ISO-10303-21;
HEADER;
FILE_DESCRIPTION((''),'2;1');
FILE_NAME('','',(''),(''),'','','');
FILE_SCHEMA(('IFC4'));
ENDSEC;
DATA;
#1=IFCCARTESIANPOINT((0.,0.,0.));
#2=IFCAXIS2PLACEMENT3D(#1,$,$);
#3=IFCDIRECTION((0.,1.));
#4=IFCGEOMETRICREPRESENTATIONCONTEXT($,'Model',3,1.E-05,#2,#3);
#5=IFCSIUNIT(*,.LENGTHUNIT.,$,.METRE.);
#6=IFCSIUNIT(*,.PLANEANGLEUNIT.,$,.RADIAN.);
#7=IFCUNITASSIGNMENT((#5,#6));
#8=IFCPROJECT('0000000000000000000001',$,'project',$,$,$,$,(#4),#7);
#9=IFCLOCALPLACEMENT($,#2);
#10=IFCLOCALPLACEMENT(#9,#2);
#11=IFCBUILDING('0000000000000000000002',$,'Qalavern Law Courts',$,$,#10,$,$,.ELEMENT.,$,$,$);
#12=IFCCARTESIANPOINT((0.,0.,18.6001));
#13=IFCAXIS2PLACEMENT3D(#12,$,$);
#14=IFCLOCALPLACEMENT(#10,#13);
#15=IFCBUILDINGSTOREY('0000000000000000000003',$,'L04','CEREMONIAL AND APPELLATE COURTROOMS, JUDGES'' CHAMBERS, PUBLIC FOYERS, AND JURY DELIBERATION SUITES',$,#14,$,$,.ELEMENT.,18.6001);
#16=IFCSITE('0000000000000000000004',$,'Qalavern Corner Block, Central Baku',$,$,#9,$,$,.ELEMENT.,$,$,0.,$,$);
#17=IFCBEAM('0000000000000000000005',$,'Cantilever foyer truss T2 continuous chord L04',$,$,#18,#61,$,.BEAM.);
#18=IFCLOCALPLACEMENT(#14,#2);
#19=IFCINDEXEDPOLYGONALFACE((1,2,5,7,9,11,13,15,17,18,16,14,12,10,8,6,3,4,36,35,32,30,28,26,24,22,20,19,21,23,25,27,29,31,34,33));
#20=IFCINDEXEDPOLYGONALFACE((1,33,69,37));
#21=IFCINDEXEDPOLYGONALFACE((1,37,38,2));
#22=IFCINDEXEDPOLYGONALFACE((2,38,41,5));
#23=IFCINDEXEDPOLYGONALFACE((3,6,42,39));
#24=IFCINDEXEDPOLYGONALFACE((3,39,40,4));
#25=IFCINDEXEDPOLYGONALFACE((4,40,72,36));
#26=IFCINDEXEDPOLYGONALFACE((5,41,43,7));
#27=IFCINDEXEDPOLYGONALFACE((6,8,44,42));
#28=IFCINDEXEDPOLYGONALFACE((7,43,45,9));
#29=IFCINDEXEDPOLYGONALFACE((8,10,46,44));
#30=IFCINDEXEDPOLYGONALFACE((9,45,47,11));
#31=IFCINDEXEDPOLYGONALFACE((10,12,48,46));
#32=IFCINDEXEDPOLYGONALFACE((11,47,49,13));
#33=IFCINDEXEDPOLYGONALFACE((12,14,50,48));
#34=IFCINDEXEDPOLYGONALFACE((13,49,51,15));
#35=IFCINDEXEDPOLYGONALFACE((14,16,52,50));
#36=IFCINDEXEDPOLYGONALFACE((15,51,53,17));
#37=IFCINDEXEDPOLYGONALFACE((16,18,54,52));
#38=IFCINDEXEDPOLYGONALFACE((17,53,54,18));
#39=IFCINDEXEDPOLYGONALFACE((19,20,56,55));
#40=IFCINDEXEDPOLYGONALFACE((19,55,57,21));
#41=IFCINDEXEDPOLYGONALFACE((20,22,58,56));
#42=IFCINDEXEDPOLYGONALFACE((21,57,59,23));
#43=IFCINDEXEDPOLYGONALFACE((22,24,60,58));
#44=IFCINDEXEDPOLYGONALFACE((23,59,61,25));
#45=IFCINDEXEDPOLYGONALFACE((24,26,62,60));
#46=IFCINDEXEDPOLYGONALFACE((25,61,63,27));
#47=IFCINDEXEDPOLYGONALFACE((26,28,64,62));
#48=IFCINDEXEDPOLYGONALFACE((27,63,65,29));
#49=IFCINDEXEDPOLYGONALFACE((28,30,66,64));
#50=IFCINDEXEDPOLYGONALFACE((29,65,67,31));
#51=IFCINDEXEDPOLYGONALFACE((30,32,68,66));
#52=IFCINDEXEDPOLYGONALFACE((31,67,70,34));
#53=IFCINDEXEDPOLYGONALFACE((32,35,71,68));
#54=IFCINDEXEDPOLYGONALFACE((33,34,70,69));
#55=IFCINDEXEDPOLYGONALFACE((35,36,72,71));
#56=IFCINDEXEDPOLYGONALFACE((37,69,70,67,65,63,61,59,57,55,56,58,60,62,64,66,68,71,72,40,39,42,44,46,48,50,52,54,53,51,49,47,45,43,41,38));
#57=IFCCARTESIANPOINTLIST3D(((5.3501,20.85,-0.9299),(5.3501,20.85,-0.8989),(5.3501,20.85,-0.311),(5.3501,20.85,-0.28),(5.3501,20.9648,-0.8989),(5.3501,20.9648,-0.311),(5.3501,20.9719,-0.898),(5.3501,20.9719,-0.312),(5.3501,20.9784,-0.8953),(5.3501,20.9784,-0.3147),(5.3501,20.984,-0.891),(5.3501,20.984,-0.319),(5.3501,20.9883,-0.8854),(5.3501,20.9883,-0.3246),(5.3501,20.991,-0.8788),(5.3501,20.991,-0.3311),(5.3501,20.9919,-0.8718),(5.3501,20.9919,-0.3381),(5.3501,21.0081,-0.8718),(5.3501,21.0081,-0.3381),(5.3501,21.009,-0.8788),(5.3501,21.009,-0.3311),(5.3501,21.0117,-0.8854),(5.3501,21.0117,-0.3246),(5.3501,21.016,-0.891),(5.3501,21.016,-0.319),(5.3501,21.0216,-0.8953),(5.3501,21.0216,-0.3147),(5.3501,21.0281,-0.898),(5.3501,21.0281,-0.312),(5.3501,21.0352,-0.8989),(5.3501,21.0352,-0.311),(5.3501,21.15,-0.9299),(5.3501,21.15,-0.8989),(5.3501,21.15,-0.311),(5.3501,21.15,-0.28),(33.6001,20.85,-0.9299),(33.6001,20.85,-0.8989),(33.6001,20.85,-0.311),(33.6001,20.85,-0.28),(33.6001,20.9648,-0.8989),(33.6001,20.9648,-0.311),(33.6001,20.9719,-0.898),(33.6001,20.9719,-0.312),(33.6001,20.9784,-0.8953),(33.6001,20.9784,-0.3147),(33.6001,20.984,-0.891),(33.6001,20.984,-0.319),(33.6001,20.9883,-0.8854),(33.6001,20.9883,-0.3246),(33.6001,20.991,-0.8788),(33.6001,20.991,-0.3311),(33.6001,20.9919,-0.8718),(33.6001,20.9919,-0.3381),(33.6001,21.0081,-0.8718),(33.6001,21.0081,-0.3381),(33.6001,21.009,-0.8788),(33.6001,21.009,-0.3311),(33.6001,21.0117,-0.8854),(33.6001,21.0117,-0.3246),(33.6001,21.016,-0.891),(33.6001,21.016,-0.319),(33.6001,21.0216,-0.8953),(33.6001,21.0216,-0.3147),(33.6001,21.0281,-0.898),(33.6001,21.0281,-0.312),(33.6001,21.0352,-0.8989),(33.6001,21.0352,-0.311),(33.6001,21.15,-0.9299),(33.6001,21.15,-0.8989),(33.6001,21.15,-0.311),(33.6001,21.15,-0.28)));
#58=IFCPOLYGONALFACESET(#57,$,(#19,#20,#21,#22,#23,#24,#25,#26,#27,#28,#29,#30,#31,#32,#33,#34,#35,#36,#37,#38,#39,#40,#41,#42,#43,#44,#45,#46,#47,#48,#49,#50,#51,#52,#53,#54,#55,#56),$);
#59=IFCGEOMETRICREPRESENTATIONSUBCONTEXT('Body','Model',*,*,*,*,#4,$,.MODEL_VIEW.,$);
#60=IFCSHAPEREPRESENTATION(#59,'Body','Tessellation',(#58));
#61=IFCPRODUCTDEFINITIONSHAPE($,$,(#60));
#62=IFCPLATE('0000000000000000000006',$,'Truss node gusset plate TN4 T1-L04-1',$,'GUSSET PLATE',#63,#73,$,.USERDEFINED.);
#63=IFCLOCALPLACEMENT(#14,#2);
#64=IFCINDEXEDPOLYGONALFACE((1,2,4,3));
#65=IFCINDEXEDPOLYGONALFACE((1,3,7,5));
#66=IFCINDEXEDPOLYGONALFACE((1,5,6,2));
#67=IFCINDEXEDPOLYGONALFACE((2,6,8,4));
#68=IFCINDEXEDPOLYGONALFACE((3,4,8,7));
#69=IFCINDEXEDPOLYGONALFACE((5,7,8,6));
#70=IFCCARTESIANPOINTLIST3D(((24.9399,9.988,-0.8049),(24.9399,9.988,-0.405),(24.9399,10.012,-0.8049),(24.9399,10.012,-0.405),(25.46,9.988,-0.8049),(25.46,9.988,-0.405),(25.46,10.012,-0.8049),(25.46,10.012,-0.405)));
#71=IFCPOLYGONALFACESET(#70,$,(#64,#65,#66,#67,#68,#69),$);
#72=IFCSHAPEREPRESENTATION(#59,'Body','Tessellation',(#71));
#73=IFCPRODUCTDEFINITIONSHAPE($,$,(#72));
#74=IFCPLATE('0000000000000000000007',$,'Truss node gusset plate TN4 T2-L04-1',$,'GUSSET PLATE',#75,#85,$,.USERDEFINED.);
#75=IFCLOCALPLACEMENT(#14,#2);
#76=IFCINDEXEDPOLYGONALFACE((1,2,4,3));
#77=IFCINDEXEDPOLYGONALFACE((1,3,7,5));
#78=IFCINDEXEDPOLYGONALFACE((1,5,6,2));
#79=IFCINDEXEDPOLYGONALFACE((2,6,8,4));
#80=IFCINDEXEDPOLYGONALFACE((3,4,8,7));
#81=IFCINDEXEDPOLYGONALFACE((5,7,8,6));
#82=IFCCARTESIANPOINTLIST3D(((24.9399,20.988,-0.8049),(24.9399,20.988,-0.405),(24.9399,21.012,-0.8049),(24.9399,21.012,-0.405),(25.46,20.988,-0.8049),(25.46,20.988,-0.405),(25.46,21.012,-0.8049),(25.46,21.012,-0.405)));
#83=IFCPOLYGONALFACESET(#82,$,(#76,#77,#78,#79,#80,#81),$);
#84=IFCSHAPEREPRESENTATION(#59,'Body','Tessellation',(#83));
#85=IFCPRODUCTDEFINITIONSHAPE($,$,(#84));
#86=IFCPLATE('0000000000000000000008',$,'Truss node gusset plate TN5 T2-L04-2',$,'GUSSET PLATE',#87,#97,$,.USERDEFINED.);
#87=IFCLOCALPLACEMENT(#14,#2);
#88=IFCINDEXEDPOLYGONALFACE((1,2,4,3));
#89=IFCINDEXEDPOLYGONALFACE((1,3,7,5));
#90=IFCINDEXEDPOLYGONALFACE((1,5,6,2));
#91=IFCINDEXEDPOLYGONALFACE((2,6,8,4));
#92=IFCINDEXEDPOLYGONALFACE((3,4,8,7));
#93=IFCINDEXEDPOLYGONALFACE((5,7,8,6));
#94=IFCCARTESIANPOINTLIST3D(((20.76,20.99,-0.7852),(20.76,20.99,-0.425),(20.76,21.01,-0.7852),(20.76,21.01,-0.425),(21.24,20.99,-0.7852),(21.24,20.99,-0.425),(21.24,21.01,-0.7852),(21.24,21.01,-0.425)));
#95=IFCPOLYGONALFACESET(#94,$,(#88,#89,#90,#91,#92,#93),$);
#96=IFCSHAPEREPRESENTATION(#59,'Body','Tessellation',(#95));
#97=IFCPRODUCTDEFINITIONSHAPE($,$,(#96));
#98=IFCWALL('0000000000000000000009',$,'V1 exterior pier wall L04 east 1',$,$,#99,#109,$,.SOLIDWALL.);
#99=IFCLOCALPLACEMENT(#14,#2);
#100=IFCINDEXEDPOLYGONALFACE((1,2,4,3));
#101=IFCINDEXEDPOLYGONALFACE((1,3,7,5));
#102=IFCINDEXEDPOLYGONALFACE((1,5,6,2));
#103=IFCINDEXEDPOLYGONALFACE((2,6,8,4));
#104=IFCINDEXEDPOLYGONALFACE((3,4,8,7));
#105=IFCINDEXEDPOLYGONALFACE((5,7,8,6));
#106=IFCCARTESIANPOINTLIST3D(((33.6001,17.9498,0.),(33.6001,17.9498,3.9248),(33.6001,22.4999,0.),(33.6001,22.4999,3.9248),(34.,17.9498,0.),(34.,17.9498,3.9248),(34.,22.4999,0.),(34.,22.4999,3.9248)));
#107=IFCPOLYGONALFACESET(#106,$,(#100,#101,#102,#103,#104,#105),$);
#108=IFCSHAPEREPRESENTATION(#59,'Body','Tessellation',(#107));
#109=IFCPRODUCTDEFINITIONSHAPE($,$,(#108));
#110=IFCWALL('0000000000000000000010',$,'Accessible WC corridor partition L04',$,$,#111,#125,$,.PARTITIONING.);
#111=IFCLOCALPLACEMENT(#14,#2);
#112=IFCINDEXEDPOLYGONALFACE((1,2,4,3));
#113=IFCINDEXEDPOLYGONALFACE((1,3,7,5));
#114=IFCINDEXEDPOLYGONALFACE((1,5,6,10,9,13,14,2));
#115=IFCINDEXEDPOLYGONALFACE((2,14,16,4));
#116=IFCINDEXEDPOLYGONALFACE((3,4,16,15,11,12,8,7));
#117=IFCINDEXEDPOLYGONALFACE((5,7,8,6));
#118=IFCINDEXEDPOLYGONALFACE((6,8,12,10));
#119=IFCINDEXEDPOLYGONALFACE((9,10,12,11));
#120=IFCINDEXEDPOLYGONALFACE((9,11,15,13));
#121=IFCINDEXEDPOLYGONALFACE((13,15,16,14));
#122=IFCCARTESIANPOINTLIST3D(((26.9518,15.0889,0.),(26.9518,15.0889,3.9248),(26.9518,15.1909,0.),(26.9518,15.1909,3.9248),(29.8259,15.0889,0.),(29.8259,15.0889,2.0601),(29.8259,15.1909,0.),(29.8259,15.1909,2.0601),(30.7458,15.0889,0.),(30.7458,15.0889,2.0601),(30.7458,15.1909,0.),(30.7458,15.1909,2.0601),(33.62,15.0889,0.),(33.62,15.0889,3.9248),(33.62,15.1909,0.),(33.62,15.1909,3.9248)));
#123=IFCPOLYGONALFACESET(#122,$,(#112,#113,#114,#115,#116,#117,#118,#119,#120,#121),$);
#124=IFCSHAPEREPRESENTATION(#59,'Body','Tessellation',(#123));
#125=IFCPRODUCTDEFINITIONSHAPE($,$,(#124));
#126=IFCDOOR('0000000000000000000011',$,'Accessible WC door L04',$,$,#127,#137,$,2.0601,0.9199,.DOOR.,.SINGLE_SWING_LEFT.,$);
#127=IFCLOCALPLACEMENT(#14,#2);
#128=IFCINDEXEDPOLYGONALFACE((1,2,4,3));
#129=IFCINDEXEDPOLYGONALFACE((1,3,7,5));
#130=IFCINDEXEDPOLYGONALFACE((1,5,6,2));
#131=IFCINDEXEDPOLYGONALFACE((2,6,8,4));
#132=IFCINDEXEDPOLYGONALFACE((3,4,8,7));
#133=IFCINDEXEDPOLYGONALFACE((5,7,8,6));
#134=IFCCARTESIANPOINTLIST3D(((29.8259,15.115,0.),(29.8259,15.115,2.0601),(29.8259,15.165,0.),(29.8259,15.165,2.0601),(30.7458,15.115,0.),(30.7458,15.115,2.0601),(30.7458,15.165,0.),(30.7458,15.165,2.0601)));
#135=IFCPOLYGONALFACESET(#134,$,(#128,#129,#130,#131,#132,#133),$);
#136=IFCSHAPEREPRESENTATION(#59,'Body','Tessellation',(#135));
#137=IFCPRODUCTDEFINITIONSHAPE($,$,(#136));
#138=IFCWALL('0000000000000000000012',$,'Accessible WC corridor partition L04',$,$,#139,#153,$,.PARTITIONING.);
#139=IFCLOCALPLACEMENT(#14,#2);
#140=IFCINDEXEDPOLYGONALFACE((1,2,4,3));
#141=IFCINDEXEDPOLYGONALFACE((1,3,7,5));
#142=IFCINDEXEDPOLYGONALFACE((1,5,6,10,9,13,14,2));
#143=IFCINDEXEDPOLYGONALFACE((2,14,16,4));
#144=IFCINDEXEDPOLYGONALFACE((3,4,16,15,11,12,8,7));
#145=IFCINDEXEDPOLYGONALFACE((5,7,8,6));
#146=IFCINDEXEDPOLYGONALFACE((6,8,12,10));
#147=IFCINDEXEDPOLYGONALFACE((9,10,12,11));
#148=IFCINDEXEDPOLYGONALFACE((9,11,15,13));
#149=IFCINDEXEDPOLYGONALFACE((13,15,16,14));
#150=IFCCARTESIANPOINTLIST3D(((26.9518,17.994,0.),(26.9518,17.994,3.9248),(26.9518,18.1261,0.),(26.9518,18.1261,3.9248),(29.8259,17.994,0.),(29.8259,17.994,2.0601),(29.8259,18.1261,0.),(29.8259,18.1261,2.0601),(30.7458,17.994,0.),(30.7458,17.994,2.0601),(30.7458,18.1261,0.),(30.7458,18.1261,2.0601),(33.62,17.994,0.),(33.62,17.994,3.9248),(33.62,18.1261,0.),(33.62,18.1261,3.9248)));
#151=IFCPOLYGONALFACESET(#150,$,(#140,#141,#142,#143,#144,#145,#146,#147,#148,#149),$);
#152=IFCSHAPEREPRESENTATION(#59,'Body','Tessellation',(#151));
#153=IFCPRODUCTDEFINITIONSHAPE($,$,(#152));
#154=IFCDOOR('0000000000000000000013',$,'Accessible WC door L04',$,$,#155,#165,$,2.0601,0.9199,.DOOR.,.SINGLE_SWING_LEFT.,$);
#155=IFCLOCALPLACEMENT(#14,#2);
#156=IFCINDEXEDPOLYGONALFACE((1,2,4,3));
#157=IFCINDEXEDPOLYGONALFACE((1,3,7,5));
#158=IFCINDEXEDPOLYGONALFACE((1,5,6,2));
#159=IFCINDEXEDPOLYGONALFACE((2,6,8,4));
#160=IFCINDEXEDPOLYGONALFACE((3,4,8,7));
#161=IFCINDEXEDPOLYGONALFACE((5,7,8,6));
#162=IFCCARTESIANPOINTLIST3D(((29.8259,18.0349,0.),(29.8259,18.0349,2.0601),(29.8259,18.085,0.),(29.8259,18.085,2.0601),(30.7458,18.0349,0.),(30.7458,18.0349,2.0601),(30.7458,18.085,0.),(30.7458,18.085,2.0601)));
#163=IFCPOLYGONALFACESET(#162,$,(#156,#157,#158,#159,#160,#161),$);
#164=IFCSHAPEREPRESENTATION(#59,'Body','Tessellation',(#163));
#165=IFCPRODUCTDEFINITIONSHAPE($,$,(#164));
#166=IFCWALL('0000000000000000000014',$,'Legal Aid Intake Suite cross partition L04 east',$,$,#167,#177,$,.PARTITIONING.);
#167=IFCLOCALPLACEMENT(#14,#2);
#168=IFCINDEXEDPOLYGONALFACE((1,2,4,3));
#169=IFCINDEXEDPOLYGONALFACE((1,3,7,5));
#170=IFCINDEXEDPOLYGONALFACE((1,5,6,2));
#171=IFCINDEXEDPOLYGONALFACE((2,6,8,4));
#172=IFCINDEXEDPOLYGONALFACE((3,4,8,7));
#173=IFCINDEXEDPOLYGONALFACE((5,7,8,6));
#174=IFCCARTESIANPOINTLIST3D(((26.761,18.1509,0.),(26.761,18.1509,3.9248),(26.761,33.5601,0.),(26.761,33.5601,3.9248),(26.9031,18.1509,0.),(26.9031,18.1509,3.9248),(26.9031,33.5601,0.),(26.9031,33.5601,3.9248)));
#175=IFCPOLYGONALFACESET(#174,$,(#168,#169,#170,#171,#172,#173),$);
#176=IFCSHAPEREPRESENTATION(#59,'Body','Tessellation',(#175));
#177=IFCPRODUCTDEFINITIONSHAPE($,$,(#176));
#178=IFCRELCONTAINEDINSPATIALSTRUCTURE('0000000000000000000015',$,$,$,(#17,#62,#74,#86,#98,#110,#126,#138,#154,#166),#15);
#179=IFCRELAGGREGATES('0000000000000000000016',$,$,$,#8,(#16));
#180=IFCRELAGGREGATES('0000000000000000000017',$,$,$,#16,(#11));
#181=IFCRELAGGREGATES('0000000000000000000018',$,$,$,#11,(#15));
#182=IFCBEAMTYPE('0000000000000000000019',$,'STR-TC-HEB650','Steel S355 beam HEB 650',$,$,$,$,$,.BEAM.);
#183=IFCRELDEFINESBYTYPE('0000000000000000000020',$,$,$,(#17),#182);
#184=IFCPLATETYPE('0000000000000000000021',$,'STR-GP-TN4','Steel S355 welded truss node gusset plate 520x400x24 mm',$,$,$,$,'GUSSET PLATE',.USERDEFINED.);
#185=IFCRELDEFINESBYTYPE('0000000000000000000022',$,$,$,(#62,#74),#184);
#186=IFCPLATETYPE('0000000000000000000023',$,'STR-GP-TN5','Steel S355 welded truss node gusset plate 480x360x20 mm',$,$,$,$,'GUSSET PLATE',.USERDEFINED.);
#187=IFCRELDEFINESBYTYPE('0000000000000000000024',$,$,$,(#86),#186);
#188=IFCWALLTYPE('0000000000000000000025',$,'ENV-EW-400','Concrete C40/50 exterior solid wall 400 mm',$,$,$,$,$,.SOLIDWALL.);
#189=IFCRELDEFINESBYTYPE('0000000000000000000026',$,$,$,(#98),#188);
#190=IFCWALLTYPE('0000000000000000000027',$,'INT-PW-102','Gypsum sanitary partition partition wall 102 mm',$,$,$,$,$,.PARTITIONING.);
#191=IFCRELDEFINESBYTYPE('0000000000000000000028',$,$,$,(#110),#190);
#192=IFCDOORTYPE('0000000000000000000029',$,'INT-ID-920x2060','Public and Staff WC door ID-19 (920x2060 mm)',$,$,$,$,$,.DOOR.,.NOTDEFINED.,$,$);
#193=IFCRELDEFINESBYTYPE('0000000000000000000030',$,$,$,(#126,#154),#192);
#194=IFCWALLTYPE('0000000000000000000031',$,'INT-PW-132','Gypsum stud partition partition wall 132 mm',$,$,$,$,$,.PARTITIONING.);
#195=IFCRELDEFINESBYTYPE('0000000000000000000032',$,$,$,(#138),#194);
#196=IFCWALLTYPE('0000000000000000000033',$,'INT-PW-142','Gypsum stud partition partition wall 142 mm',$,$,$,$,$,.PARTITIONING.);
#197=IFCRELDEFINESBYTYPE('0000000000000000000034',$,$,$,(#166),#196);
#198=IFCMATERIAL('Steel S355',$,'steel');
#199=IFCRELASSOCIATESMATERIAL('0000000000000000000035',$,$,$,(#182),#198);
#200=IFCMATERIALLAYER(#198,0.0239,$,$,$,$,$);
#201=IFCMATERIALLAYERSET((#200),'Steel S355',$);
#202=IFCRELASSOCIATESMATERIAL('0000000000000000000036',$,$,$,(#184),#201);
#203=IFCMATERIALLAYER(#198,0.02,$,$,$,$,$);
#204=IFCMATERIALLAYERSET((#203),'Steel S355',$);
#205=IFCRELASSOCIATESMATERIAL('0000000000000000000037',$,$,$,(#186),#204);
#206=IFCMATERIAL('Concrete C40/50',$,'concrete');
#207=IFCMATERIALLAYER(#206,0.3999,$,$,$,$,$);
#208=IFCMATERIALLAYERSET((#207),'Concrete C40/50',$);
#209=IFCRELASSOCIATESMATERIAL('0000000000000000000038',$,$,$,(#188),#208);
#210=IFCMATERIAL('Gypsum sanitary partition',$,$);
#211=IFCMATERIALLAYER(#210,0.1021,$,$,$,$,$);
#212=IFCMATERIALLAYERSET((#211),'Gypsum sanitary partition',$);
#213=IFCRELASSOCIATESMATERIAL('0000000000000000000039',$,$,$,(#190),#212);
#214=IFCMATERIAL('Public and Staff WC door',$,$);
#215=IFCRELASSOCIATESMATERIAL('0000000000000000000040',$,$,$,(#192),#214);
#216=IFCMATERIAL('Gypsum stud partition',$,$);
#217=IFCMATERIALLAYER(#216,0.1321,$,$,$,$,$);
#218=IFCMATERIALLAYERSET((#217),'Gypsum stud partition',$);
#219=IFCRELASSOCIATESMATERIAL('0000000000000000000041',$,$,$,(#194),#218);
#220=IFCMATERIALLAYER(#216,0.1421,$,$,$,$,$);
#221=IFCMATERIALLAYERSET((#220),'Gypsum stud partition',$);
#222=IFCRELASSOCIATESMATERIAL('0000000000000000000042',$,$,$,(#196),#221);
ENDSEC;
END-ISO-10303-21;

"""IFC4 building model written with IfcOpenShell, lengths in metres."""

from ifc_helpers import new_model, si_unit, direction, frame, frame_2d, origin, origin_2d, place, context, subcontext, project, spatial, rectangle, i_section, extrude, material, layer, layer_set, material_profile, profile_set, type_object, element, fill, save


model = new_model("IFC4")

# Units and contexts
model_context = context("Model", 3, precision=1e-05, world=origin(), true_north=direction((0.0, 1.0)))
body_context = subcontext(model_context, "Body", "Model", "MODEL_VIEW")
ifc_project = project(units=[si_unit("LENGTHUNIT", "METRE"), si_unit("PLANEANGLEUNIT", "RADIAN")], contexts=[model_context])

# Site, building, storey
site_placement = place(None, origin())
site = spatial("IfcSite", under=ifc_project, at=site_placement, Name="Qalavern Corner Block, Central Baku", CompositionType="ELEMENT", RefElevation=0.0)
building_placement = place(site_placement, origin())
building = spatial("IfcBuilding", under=site, at=building_placement, Name="Qalavern Law Courts", CompositionType="ELEMENT")
storey_placement = place(building_placement, frame((0.0, 0.0, 18.6001)))
storey = spatial("IfcBuildingStorey", under=building, at=storey_placement, Name="L04", Description="CEREMONIAL AND APPELLATE COURTROOMS, JUDGES' CHAMBERS, PUBLIC FOYERS, AND JURY DELIBERATION SUITES", CompositionType="ELEMENT", Elevation=18.6001)

# Shared definitions
ifc_material_1 = material(Name="Steel S355", Category="steel")

# Beam
ifc_material_profile_1 = material_profile(ifc_material_1, i_section(OverallWidth=0.3, OverallDepth=0.6499, WebThickness=0.0161, FlangeThickness=0.031, FilletRadius=0.0271, at=origin_2d()), Name="HEB 650")
ifc_profile_set_1 = profile_set([ifc_material_profile_1], Name="Steel S355")
beam_type_1 = type_object("IfcBeamType", Name="STR-TC-HEB650", Description="Steel S355 beam HEB 650", PredefinedType="BEAM", material=ifc_profile_set_1)
for number, where, z_axis, x_axis, name in (
    (1, (33.6001, 21.0, -0.605), (-1.0, 0.0, 0.0), (0.0, -1.0, 0.0), "Cantilever foyer truss T2 continuous chord L04"),
):
    element("IfcBeam", number, at=place(storey_placement, frame(where, z_axis=z_axis, x_axis=x_axis)), inside=storey, type_object=beam_type_1, Name=name, PredefinedType="BEAM", context=body_context, shape_type="SweptSolid", body=[
        extrude(i_section(OverallWidth=0.3, OverallDepth=0.6499, WebThickness=0.0161, FlangeThickness=0.031, FilletRadius=0.0271, at=origin_2d()), origin(), (0.0, 0.0, 1.0), 28.25),
    ])

# Plates
ifc_layer_1 = layer(ifc_material_1, 0.0239)
ifc_layer_set_1 = layer_set([ifc_layer_1], Name="Steel S355")
plate_type_1 = type_object("IfcPlateType", Name="STR-GP-TN4", Description="Steel S355 welded truss node gusset plate 520x400x24 mm", ElementType="GUSSET PLATE", PredefinedType="USERDEFINED", material=ifc_layer_set_1)
for number, where, z_axis, x_axis, name in (
    (2, (25.2, 10.0, -0.8049), (0.0, 0.0, 1.0), (1.0, 0.0, 0.0), "Truss node gusset plate TN4 T1-L04-1"),
    (3, (25.2, 21.0, -0.8049), (0.0, 0.0, 1.0), (1.0, 0.0, 0.0), "Truss node gusset plate TN4 T2-L04-1"),
):
    element("IfcPlate", number, at=place(storey_placement, frame(where, z_axis=z_axis, x_axis=x_axis)), inside=storey, type_object=plate_type_1, Name=name, ObjectType="GUSSET PLATE", PredefinedType="USERDEFINED", context=body_context, shape_type="SweptSolid", body=[
        extrude(rectangle(XDim=0.52, YDim=0.0239, at=origin_2d()), origin(), (0.0, 0.0, 1.0), 0.3999),
    ])
ifc_layer_2 = layer(ifc_material_1, 0.02)
ifc_layer_set_2 = layer_set([ifc_layer_2], Name="Steel S355")
plate_type_2 = type_object("IfcPlateType", Name="STR-GP-TN5", Description="Steel S355 welded truss node gusset plate 480x360x20 mm", ElementType="GUSSET PLATE", PredefinedType="USERDEFINED", material=ifc_layer_set_2)
plate_placement = place(storey_placement, frame((21.0, 21.0, -0.7852), z_axis=(0.0, 0.0, 1.0), x_axis=(1.0, 0.0, 0.0)))
element("IfcPlate", 4, at=plate_placement, inside=storey, type_object=plate_type_2, Name="Truss node gusset plate TN5 T2-L04-2", ObjectType="GUSSET PLATE", PredefinedType="USERDEFINED", context=body_context, shape_type="SweptSolid", body=[
    extrude(rectangle(XDim=0.48, YDim=0.02, at=origin_2d()), origin(), (0.0, 0.0, 1.0), 0.3601),
])

# Wall
ifc_material_2 = material(Name="Concrete C40/50", Category="concrete")
ifc_layer_3 = layer(ifc_material_2, 0.3999)
ifc_layer_set_3 = layer_set([ifc_layer_3], Name="Concrete C40/50")
wall_type_1 = type_object("IfcWallType", Name="ENV-EW-400", Description="Concrete C40/50 exterior solid wall 400 mm", PredefinedType="SOLIDWALL", material=ifc_layer_set_3)
wall_1_placement = place(storey_placement, frame((33.8, 17.95, 0.0), z_axis=(0.0, 0.0, 1.0), x_axis=(0.0, 1.0, 0.0)))
element("IfcWall", 5, at=wall_1_placement, inside=storey, type_object=wall_type_1, Name="V1 exterior pier wall L04 east 1", PredefinedType="SOLIDWALL", context=body_context, shape_type="SweptSolid", body=[
    extrude(rectangle(XDim=4.55, YDim=0.3999, at=frame_2d((2.2749, 0.0))), origin(), (0.0, 0.0, 1.0), 3.9248),
])

# Walls, openings, doors
ifc_material_3 = material(Name="Gypsum sanitary partition")
ifc_layer_4 = layer(ifc_material_3, 0.1021)
ifc_layer_set_4 = layer_set([ifc_layer_4], Name="Gypsum sanitary partition")
wall_type_2 = type_object("IfcWallType", Name="INT-PW-102", Description="Gypsum sanitary partition partition wall 102 mm", PredefinedType="PARTITIONING", material=ifc_layer_set_4)
wall_2_placement = place(storey_placement, frame((26.9519, 15.1399, 0.0), z_axis=(0.0, 0.0, 1.0), x_axis=(1.0, 0.0, 0.0)))
wall_2 = element("IfcWall", 6, at=wall_2_placement, inside=storey, type_object=wall_type_2, Name="Accessible WC corridor partition L04", PredefinedType="PARTITIONING", context=body_context, shape_type="SweptSolid", body=[
    extrude(rectangle(XDim=6.6682, YDim=0.1021, at=frame_2d((3.334, 0.0))), origin(), (0.0, 0.0, 1.0), 3.9248),
])
opening_1_placement = place(wall_2_placement, frame((2.874, 0.0, 0.0)))
opening_1 = element("IfcOpeningElement", 7, at=opening_1_placement, cuts=wall_2, PredefinedType="OPENING", context=body_context, shape_type="SweptSolid", body=[
    extrude(rectangle(XDim=0.9199, YDim=2.0601, at=frame_2d((0.46, 1.03))), frame((0.0, 0.0659, 0.0), z_axis=(0.0, -1.0, 0.0), x_axis=(1.0, 0.0, 0.0)), (0.0, 0.0, 1.0), 0.1318),
])
ifc_material_4 = material(Name="Public and Staff WC door")
door_type = type_object("IfcDoorType", Name="INT-ID-920x2060", Description="Public and Staff WC door ID-19 (920x2060 mm)", OperationType="NOTDEFINED", PredefinedType="DOOR", material=ifc_material_4)
door_1_placement = place(opening_1_placement, frame((0.9199, 0.0, 0.0), z_axis=(0.0, 0.0, 1.0), x_axis=(-1.0, 0.0, 0.0)))
door_1 = element("IfcDoor", 8, at=door_1_placement, inside=storey, type_object=door_type, Name="Accessible WC door L04", OperationType="SINGLE_SWING_LEFT", OverallHeight=2.0601, OverallWidth=0.9199, PredefinedType="DOOR", context=body_context, shape_type="SweptSolid", body=[
    extrude(rectangle(XDim=0.9199, YDim=2.0601, at=frame_2d((0.46, 1.03))), frame((0.0, 0.0249, 0.0), z_axis=(0.0, -1.0, 0.0), x_axis=(1.0, 0.0, 0.0)), (0.0, 0.0, 1.0), 0.05),
])
fill(opening_1, door_1)
ifc_material_5 = material(Name="Gypsum stud partition")
ifc_layer_5 = layer(ifc_material_5, 0.1321)
ifc_layer_set_5 = layer_set([ifc_layer_5], Name="Gypsum stud partition")
wall_type_3 = type_object("IfcWallType", Name="INT-PW-132", Description="Gypsum stud partition partition wall 132 mm", PredefinedType="PARTITIONING", material=ifc_layer_set_5)
wall_3_placement = place(storey_placement, frame((26.9519, 18.0601, 0.0), z_axis=(0.0, 0.0, 1.0), x_axis=(1.0, 0.0, 0.0)))
wall_3 = element("IfcWall", 9, at=wall_3_placement, inside=storey, type_object=wall_type_3, Name="Accessible WC corridor partition L04", PredefinedType="PARTITIONING", context=body_context, shape_type="SweptSolid", body=[
    extrude(rectangle(XDim=6.6682, YDim=0.1321, at=frame_2d((3.334, 0.0))), origin(), (0.0, 0.0, 1.0), 3.9248),
])
opening_2_placement = place(wall_3_placement, frame((2.874, 0.0, 0.0)))
opening_2 = element("IfcOpeningElement", 10, at=opening_2_placement, cuts=wall_3, PredefinedType="OPENING", context=body_context, shape_type="SweptSolid", body=[
    extrude(rectangle(XDim=0.9199, YDim=2.0601, at=frame_2d((0.46, 1.03))), frame((0.0, 0.0811, 0.0), z_axis=(0.0, -1.0, 0.0), x_axis=(1.0, 0.0, 0.0)), (0.0, 0.0, 1.0), 0.1619),
])
door_2_placement = place(opening_2_placement, origin())
door_2 = element("IfcDoor", 11, at=door_2_placement, inside=storey, type_object=door_type, Name="Accessible WC door L04", OperationType="SINGLE_SWING_LEFT", OverallHeight=2.0601, OverallWidth=0.9199, PredefinedType="DOOR", context=body_context, shape_type="SweptSolid", body=[
    extrude(rectangle(XDim=0.9199, YDim=2.0601, at=frame_2d((0.46, 1.03))), frame((0.0, 0.0249, 0.0), z_axis=(0.0, -1.0, 0.0), x_axis=(1.0, 0.0, 0.0)), (0.0, 0.0, 1.0), 0.05),
])
fill(opening_2, door_2)

# Wall
ifc_layer_6 = layer(ifc_material_5, 0.1421)
ifc_layer_set_6 = layer_set([ifc_layer_6], Name="Gypsum stud partition")
wall_type_4 = type_object("IfcWallType", Name="INT-PW-142", Description="Gypsum stud partition partition wall 142 mm", PredefinedType="PARTITIONING", material=ifc_layer_set_6)
wall_4_placement = place(storey_placement, frame((26.832, 18.1509, 0.0), z_axis=(0.0, 0.0, 1.0), x_axis=(0.0, 1.0, 0.0)))
element("IfcWall", 12, at=wall_4_placement, inside=storey, type_object=wall_type_4, Name="Legal Aid Intake Suite cross partition L04 east", PredefinedType="PARTITIONING", context=body_context, shape_type="SweptSolid", body=[
    extrude(rectangle(XDim=15.4092, YDim=0.1421, at=frame_2d((7.7046, 0.0))), origin(), (0.0, 0.0, 1.0), 3.9248),
])

save(model, "model.ifc")
